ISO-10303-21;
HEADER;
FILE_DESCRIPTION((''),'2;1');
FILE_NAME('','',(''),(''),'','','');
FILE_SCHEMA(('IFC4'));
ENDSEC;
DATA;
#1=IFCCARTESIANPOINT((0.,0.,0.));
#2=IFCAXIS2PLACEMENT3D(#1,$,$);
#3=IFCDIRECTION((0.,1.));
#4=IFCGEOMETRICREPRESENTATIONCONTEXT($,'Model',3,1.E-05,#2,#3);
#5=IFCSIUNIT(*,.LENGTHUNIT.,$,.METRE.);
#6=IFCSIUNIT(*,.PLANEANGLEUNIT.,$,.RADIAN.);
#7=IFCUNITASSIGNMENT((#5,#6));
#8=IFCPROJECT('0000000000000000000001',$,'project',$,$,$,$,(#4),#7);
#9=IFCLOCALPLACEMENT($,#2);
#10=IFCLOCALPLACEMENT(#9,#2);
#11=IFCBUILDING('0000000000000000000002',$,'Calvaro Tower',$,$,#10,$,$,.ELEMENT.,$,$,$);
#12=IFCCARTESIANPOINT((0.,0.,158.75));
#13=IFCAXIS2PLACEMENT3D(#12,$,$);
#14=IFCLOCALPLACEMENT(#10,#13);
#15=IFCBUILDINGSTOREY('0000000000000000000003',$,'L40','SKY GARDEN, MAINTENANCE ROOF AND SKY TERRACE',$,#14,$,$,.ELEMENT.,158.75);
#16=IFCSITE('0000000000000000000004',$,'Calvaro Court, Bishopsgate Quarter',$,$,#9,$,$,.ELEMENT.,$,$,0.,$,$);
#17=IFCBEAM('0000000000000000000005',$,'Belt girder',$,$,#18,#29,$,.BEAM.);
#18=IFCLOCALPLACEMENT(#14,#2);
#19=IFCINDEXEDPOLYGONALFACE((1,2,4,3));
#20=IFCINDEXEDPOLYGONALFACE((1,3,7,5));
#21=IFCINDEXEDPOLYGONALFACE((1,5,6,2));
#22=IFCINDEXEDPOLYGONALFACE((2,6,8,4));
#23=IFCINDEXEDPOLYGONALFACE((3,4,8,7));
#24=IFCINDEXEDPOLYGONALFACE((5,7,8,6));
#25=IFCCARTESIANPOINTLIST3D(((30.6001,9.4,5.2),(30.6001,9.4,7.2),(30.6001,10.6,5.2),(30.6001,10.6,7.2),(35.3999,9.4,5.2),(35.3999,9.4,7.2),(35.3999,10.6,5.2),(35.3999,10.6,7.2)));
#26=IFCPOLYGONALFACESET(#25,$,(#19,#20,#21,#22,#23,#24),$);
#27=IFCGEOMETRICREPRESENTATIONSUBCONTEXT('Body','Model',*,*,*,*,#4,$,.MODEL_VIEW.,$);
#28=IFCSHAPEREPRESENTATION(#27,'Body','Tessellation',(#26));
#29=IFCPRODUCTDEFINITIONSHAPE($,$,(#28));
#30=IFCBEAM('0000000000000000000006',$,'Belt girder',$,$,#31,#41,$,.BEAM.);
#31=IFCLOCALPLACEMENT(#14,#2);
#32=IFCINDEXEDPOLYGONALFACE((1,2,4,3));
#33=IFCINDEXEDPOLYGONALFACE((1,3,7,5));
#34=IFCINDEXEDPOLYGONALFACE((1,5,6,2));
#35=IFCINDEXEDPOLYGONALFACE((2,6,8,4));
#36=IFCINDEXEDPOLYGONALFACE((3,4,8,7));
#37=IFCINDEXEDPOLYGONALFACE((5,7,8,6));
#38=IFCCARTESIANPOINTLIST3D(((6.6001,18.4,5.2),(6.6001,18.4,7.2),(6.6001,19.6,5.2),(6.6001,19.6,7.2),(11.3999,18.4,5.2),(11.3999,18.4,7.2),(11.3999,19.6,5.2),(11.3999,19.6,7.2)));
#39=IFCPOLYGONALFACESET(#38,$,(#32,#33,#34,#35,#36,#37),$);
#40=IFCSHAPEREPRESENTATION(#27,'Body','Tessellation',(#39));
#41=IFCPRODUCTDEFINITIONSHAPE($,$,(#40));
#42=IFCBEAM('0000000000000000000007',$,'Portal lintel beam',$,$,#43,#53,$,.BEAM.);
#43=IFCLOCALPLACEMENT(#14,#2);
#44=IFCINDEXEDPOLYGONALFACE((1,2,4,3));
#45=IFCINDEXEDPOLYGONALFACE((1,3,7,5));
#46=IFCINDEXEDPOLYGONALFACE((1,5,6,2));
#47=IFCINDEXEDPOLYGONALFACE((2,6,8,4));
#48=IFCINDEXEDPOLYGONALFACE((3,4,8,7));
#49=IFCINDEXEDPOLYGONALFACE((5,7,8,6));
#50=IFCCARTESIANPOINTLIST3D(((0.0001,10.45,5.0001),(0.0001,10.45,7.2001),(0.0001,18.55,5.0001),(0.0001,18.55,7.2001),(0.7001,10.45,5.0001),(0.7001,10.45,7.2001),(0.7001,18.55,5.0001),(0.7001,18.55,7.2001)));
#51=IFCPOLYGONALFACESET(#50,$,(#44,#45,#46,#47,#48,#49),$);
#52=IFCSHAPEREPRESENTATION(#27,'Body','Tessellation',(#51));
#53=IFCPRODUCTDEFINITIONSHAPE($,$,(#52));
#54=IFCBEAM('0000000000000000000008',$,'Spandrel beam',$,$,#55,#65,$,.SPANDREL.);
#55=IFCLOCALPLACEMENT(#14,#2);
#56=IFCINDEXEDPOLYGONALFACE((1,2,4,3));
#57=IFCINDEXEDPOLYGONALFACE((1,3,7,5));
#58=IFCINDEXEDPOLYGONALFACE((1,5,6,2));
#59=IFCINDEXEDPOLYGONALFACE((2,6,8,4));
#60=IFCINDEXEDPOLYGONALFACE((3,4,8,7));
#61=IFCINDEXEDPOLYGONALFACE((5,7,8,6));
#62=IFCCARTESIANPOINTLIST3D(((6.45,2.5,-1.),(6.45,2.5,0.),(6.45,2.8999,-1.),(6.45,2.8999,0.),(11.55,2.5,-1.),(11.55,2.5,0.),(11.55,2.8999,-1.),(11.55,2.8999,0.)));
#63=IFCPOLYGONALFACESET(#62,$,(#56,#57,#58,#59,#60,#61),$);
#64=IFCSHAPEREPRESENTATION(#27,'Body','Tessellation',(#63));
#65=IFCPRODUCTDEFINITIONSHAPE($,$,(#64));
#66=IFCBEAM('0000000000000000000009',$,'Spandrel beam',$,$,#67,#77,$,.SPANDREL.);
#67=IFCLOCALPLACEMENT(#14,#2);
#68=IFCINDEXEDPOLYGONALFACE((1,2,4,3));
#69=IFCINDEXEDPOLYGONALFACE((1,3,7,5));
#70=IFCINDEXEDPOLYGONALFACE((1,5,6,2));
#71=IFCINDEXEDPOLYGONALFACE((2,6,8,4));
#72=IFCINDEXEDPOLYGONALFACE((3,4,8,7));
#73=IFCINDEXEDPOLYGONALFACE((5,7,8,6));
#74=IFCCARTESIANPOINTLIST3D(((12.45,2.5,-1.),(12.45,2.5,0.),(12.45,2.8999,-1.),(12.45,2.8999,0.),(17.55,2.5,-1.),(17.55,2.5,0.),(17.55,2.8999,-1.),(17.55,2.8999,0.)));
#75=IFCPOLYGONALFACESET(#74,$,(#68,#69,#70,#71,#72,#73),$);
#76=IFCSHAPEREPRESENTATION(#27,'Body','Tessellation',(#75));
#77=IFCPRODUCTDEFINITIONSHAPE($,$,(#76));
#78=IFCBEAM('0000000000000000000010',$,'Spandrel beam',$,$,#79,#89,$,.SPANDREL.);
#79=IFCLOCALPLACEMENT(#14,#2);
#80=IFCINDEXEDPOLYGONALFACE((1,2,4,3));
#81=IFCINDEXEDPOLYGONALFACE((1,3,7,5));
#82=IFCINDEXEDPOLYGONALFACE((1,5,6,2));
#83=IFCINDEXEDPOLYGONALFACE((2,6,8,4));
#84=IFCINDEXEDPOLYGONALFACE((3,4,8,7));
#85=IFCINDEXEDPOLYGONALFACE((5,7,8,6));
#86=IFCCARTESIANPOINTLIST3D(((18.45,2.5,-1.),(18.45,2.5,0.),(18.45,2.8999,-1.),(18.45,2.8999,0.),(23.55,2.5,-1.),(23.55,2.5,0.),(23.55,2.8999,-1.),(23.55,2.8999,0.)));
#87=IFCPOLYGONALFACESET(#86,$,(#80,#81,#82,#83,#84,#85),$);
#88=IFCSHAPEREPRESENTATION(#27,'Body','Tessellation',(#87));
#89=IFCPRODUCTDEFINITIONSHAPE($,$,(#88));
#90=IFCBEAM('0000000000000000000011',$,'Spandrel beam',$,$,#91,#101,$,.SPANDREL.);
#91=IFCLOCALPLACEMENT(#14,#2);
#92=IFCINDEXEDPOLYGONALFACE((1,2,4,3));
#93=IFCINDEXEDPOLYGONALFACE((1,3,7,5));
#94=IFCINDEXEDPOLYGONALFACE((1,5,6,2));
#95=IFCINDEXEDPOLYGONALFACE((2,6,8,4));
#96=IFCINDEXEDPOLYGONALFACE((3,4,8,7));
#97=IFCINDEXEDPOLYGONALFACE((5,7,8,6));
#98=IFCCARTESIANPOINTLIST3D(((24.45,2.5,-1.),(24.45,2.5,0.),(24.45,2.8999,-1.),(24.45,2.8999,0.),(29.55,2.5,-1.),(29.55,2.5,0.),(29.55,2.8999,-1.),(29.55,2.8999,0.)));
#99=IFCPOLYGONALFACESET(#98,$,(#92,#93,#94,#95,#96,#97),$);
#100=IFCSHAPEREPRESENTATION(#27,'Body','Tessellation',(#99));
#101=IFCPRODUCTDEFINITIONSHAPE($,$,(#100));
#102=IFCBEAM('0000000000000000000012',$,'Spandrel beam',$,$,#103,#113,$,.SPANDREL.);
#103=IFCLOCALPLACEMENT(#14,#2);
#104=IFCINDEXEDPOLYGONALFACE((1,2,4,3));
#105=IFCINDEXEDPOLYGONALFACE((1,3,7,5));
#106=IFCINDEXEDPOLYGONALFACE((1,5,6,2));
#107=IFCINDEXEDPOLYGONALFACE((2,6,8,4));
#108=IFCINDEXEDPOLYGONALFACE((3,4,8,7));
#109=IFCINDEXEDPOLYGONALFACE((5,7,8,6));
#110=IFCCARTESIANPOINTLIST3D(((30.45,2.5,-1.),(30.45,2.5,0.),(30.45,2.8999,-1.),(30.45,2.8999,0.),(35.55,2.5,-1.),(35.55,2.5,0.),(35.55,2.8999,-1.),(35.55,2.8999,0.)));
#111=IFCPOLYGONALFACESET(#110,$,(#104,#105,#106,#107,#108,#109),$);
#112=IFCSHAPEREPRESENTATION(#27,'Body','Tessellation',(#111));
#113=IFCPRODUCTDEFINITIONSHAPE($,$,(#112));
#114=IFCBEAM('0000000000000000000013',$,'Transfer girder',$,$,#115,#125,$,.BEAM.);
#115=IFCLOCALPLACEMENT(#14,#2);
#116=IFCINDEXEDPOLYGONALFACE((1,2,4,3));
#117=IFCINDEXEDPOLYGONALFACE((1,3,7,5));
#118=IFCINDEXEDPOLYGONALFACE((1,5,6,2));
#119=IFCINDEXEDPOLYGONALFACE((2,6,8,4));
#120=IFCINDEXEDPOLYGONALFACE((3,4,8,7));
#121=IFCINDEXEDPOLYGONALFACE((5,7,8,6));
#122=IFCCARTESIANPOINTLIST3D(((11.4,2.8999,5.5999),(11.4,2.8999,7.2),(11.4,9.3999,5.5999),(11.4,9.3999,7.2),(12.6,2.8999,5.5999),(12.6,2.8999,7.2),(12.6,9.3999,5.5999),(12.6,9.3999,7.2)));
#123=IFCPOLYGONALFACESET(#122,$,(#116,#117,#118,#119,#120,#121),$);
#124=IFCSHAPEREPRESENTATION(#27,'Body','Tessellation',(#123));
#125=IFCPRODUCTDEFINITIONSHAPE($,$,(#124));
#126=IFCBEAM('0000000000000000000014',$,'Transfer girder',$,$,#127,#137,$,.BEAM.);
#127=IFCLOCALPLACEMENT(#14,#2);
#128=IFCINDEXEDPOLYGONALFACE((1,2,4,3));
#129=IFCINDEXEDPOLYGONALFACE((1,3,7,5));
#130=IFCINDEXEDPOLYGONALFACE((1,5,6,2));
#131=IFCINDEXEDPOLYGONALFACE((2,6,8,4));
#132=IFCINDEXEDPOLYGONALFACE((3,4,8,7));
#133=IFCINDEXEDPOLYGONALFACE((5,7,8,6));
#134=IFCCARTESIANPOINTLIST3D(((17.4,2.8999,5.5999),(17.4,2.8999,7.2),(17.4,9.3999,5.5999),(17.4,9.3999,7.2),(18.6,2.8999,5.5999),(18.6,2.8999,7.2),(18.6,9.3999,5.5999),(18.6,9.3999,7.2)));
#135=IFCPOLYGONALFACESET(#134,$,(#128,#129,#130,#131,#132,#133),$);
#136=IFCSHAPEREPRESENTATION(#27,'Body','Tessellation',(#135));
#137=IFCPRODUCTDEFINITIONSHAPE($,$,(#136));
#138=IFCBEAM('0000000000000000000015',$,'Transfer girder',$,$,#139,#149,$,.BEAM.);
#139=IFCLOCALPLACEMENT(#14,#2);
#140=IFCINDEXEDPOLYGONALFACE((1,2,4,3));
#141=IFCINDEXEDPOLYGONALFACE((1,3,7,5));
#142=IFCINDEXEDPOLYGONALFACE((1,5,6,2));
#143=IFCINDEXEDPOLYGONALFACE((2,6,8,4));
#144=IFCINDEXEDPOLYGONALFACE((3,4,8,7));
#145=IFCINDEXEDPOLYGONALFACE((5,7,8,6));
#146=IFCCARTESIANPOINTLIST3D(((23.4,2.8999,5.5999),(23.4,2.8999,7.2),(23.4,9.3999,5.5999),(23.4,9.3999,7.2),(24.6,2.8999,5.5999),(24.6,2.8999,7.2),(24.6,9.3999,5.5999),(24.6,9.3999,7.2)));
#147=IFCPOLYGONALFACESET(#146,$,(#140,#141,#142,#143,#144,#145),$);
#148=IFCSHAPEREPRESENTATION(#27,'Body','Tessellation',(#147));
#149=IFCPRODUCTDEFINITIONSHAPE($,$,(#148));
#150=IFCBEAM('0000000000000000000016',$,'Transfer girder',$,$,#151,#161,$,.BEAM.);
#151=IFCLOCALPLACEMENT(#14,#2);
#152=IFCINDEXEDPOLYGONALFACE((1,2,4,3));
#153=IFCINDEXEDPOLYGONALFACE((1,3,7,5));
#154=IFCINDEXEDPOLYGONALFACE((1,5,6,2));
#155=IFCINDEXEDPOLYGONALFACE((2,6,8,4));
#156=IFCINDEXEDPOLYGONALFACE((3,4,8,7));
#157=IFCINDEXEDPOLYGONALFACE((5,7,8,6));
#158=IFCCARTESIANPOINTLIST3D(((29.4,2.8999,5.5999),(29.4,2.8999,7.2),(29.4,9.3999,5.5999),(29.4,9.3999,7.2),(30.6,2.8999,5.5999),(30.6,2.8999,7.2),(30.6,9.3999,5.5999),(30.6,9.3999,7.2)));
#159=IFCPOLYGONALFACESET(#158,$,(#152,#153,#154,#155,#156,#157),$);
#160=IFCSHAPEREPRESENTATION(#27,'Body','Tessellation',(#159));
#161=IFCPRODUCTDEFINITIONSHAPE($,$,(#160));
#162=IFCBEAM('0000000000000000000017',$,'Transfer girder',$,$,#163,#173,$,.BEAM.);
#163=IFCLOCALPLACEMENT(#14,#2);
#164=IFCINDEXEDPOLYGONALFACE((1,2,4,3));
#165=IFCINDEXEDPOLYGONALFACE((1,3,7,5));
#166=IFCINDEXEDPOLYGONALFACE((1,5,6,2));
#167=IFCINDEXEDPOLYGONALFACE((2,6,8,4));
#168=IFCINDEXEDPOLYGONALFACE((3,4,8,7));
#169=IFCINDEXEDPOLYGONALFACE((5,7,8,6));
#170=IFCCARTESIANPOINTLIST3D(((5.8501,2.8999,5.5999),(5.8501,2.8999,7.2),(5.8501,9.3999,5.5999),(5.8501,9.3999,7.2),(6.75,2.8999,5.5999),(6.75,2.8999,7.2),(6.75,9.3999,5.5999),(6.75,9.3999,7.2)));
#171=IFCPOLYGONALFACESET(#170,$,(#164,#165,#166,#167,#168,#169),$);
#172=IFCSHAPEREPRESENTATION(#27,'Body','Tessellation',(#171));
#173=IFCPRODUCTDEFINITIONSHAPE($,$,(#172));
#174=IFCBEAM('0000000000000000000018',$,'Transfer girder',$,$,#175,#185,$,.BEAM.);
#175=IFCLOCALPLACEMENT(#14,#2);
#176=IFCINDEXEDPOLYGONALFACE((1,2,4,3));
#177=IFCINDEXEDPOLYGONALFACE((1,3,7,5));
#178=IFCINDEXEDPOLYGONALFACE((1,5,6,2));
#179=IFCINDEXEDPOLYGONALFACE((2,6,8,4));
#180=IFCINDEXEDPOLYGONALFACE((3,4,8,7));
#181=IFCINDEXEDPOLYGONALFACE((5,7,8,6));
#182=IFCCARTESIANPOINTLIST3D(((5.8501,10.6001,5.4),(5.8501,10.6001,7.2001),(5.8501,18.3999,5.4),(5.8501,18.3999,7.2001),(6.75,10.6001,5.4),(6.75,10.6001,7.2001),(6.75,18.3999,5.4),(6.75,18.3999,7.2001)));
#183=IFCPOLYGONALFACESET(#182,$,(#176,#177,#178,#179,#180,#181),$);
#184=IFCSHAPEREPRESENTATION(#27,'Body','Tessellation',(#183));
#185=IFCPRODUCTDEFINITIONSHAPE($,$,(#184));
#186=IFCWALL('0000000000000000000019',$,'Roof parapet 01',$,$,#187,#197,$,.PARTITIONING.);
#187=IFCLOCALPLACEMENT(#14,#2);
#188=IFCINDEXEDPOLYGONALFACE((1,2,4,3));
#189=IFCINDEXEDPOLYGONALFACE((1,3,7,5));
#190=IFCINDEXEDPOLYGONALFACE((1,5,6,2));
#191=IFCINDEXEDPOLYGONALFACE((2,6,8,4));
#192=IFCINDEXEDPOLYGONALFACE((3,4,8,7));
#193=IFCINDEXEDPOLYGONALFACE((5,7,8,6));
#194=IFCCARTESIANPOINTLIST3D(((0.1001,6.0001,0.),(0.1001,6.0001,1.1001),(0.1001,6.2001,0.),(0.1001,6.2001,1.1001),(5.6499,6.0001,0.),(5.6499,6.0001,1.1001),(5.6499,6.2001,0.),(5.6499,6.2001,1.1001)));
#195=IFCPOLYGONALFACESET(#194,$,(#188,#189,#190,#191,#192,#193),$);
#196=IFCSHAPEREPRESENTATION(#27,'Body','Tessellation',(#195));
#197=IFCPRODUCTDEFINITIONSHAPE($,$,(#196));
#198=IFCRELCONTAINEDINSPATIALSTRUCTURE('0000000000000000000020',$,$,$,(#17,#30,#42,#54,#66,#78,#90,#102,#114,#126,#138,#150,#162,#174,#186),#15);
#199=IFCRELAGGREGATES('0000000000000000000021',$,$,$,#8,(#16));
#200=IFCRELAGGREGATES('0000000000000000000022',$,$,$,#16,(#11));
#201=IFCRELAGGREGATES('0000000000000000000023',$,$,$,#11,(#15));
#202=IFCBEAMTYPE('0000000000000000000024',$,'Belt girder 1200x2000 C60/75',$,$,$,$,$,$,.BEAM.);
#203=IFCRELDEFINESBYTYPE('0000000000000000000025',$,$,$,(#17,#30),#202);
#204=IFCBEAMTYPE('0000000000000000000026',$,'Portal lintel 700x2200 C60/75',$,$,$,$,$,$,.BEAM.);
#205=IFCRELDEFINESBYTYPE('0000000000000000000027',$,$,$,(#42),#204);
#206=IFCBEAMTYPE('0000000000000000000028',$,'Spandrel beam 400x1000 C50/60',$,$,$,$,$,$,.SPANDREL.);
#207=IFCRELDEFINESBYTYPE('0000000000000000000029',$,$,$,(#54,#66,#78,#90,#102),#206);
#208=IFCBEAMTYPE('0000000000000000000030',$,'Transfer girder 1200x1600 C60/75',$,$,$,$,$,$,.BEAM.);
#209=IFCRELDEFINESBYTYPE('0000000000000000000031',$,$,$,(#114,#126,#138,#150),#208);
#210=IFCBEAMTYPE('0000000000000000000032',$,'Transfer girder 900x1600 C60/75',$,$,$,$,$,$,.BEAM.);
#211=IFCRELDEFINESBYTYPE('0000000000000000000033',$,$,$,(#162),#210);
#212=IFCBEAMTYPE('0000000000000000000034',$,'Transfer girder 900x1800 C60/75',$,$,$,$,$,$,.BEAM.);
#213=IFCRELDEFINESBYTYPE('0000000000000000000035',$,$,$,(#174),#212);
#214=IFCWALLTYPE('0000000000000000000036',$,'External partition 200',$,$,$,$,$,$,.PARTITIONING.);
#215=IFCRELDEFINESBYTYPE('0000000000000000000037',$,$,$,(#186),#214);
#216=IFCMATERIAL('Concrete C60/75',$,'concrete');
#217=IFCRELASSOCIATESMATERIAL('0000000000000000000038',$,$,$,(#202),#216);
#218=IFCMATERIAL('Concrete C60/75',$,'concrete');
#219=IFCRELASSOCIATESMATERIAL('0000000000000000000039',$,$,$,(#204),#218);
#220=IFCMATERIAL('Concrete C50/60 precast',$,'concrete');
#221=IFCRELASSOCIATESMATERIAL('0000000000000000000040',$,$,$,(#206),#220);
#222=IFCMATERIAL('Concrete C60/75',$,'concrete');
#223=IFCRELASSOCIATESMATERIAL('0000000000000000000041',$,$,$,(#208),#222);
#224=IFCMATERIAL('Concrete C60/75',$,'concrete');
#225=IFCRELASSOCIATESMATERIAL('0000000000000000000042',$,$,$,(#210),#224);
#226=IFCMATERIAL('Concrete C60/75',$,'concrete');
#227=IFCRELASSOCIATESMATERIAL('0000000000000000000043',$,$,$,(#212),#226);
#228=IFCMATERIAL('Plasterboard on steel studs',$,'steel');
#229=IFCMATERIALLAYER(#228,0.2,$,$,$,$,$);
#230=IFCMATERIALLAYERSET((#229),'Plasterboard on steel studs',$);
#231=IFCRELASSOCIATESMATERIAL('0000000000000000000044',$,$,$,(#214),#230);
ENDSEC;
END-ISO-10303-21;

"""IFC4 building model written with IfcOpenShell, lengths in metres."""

from ifc_helpers import new_model, si_unit, direction, frame, frame_2d, origin, origin_2d, place, context, subcontext, project, spatial, rectangle, extrude, material, layer, layer_set, material_profile, profile_set, type_object, element, save


model = new_model("IFC4")

# Units and contexts
model_context = context("Model", 3, precision=1e-05, world=origin(), true_north=direction((0.0, 1.0)))
body_context = subcontext(model_context, "Body", "Model", "MODEL_VIEW")
ifc_project = project(units=[si_unit("LENGTHUNIT", "METRE"), si_unit("PLANEANGLEUNIT", "RADIAN")], contexts=[model_context])

# Site, building, storey
site_placement = place(None, origin())
site = spatial("IfcSite", under=ifc_project, at=site_placement, Name="Calvaro Court, Bishopsgate Quarter", CompositionType="ELEMENT", RefElevation=0.0)
building_placement = place(site_placement, origin())
building = spatial("IfcBuilding", under=site, at=building_placement, Name="Calvaro Tower", CompositionType="ELEMENT")
storey_placement = place(building_placement, frame((0.0, 0.0, 158.75)))
storey = spatial("IfcBuildingStorey", under=building, at=storey_placement, Name="L40", Description="SKY GARDEN, MAINTENANCE ROOF AND SKY TERRACE", CompositionType="ELEMENT", Elevation=158.75)

# Beams
ifc_material_1 = material(Name="Concrete C60/75", Category="concrete")
ifc_material_profile_1 = material_profile(ifc_material_1, rectangle(XDim=1.2, YDim=2.0, at=origin_2d()), Name="RC 1200x2000")
ifc_profile_set_1 = profile_set([ifc_material_profile_1], Name="Concrete C60/75")
beam_type_1 = type_object("IfcBeamType", Name="Belt girder 1200x2000 C60/75", PredefinedType="BEAM", material=ifc_profile_set_1)
for number, where, z_axis, x_axis, name in (
    (1, (30.6001, 10.0, 6.2), (1.0, 0.0, 0.0), (0.0, 1.0, 0.0), "Belt girder"),
    (2, (6.6001, 19.0, 6.2), (1.0, 0.0, 0.0), (0.0, 1.0, 0.0), "Belt girder"),
):
    element("IfcBeam", number, at=place(storey_placement, frame(where, z_axis=z_axis, x_axis=x_axis)), inside=storey, type_object=beam_type_1, Name=name, PredefinedType="BEAM", context=body_context, shape_type="SweptSolid", body=[
        extrude(rectangle(XDim=1.2, YDim=2.0, at=origin_2d()), origin(), (0.0, 0.0, 1.0), 4.7998),
    ])
ifc_material_2 = material(Name="Concrete C60/75", Category="concrete")
ifc_material_profile_2 = material_profile(ifc_material_2, rectangle(XDim=0.7, YDim=2.2, at=origin_2d()), Name="RC 700x2200")
ifc_profile_set_2 = profile_set([ifc_material_profile_2], Name="Concrete C60/75")
beam_type_2 = type_object("IfcBeamType", Name="Portal lintel 700x2200 C60/75", PredefinedType="BEAM", material=ifc_profile_set_2)
beam_1_placement = place(storey_placement, frame((0.3501, 10.45, 6.1001), z_axis=(0.0, 1.0, 0.0), x_axis=(-1.0, 0.0, 0.0)))
element("IfcBeam", 3, at=beam_1_placement, inside=storey, type_object=beam_type_2, Name="Portal lintel beam", PredefinedType="BEAM", context=body_context, shape_type="SweptSolid", body=[
    extrude(rectangle(XDim=0.7, YDim=2.2, at=origin_2d()), origin(), (0.0, 0.0, 1.0), 8.1001),
])
ifc_material_3 = material(Name="Concrete C50/60 precast", Category="concrete")
ifc_material_profile_3 = material_profile(ifc_material_3, rectangle(XDim=0.3999, YDim=1.0, at=origin_2d()), Name="RC 400x1000")
ifc_profile_set_3 = profile_set([ifc_material_profile_3], Name="Concrete C50/60 precast")
beam_type_3 = type_object("IfcBeamType", Name="Spandrel beam 400x1000 C50/60", PredefinedType="SPANDREL", material=ifc_profile_set_3)
for number, where, z_axis, x_axis, name in (
    (4, (6.45, 2.7, -0.5), (1.0, 0.0, 0.0), (0.0, 1.0, 0.0), "Spandrel beam"),
    (5, (12.45, 2.7, -0.5), (1.0, 0.0, 0.0), (0.0, 1.0, 0.0), "Spandrel beam"),
    (6, (18.45, 2.7, -0.5), (1.0, 0.0, 0.0), (0.0, 1.0, 0.0), "Spandrel beam"),
    (7, (24.45, 2.7, -0.5), (1.0, 0.0, 0.0), (0.0, 1.0, 0.0), "Spandrel beam"),
    (8, (30.45, 2.7, -0.5), (1.0, 0.0, 0.0), (0.0, 1.0, 0.0), "Spandrel beam"),
):
    element("IfcBeam", number, at=place(storey_placement, frame(where, z_axis=z_axis, x_axis=x_axis)), inside=storey, type_object=beam_type_3, Name=name, PredefinedType="SPANDREL", context=body_context, shape_type="SweptSolid", body=[
        extrude(rectangle(XDim=0.3999, YDim=1.0, at=origin_2d()), origin(), (0.0, 0.0, 1.0), 5.1001),
    ])
ifc_material_4 = material(Name="Concrete C60/75", Category="concrete")
ifc_material_profile_4 = material_profile(ifc_material_4, rectangle(XDim=1.2, YDim=1.6001, at=origin_2d()), Name="RC 1200x1600")
ifc_profile_set_4 = profile_set([ifc_material_profile_4], Name="Concrete C60/75")
beam_type_4 = type_object("IfcBeamType", Name="Transfer girder 1200x1600 C60/75", PredefinedType="BEAM", material=ifc_profile_set_4)
for number, where, z_axis, x_axis, name in (
    (9, (12.0, 2.8999, 6.3999), (0.0, 1.0, 0.0), (-1.0, 0.0, 0.0), "Transfer girder"),
    (10, (18.0, 2.8999, 6.3999), (0.0, 1.0, 0.0), (-1.0, 0.0, 0.0), "Transfer girder"),
    (11, (24.0, 2.8999, 6.3999), (0.0, 1.0, 0.0), (-1.0, 0.0, 0.0), "Transfer girder"),
    (12, (30.0, 2.8999, 6.3999), (0.0, 1.0, 0.0), (-1.0, 0.0, 0.0), "Transfer girder"),
):
    element("IfcBeam", number, at=place(storey_placement, frame(where, z_axis=z_axis, x_axis=x_axis)), inside=storey, type_object=beam_type_4, Name=name, PredefinedType="BEAM", context=body_context, shape_type="SweptSolid", body=[
        extrude(rectangle(XDim=1.2, YDim=1.6001, at=origin_2d()), origin(), (0.0, 0.0, 1.0), 6.5),
    ])
ifc_material_5 = material(Name="Concrete C60/75", Category="concrete")
ifc_material_profile_5 = material_profile(ifc_material_5, rectangle(XDim=0.8999, YDim=1.6001, at=origin_2d()), Name="RC 900x1600")
ifc_profile_set_5 = profile_set([ifc_material_profile_5], Name="Concrete C60/75")
beam_type_5 = type_object("IfcBeamType", Name="Transfer girder 900x1600 C60/75", PredefinedType="BEAM", material=ifc_profile_set_5)
beam_2_placement = place(storey_placement, frame((6.3, 2.8999, 6.3999), z_axis=(0.0, 1.0, 0.0), x_axis=(-1.0, 0.0, 0.0)))
element("IfcBeam", 13, at=beam_2_placement, inside=storey, type_object=beam_type_5, Name="Transfer girder", PredefinedType="BEAM", context=body_context, shape_type="SweptSolid", body=[
    extrude(rectangle(XDim=0.8999, YDim=1.6001, at=origin_2d()), origin(), (0.0, 0.0, 1.0), 6.5),
])
ifc_material_6 = material(Name="Concrete C60/75", Category="concrete")
ifc_material_profile_6 = material_profile(ifc_material_6, rectangle(XDim=0.8999, YDim=1.8, at=origin_2d()), Name="RC 900x1800")
ifc_profile_set_6 = profile_set([ifc_material_profile_6], Name="Concrete C60/75")
beam_type_6 = type_object("IfcBeamType", Name="Transfer girder 900x1800 C60/75", PredefinedType="BEAM", material=ifc_profile_set_6)
beam_3_placement = place(storey_placement, frame((6.3, 10.6001, 6.3), z_axis=(0.0, 1.0, 0.0), x_axis=(-1.0, 0.0, 0.0)))
element("IfcBeam", 14, at=beam_3_placement, inside=storey, type_object=beam_type_6, Name="Transfer girder", PredefinedType="BEAM", context=body_context, shape_type="SweptSolid", body=[
    extrude(rectangle(XDim=0.8999, YDim=1.8, at=origin_2d()), origin(), (0.0, 0.0, 1.0), 7.7998),
])

# Wall
ifc_material_7 = material(Name="Plasterboard on steel studs", Category="steel")
ifc_layer = layer(ifc_material_7, 0.2)
ifc_layer_set = layer_set([ifc_layer], Name="Plasterboard on steel studs")
wall_type = type_object("IfcWallType", Name="External partition 200", PredefinedType="PARTITIONING", material=ifc_layer_set)
wall_1_placement = place(storey_placement, frame((5.6499, 6.1001, 0.0), z_axis=(0.0, 0.0, 1.0), x_axis=(-1.0, 0.0, 0.0)))
element("IfcWall", 15, at=wall_1_placement, inside=storey, type_object=wall_type, Name="Roof parapet 01", PredefinedType="PARTITIONING", context=body_context, shape_type="SweptSolid", body=[
    extrude(rectangle(XDim=5.5498, YDim=0.2, at=frame_2d((2.7749, 0.0))), origin(), (0.0, 0.0, 1.0), 1.1001),
])

save(model, "model.ifc")
